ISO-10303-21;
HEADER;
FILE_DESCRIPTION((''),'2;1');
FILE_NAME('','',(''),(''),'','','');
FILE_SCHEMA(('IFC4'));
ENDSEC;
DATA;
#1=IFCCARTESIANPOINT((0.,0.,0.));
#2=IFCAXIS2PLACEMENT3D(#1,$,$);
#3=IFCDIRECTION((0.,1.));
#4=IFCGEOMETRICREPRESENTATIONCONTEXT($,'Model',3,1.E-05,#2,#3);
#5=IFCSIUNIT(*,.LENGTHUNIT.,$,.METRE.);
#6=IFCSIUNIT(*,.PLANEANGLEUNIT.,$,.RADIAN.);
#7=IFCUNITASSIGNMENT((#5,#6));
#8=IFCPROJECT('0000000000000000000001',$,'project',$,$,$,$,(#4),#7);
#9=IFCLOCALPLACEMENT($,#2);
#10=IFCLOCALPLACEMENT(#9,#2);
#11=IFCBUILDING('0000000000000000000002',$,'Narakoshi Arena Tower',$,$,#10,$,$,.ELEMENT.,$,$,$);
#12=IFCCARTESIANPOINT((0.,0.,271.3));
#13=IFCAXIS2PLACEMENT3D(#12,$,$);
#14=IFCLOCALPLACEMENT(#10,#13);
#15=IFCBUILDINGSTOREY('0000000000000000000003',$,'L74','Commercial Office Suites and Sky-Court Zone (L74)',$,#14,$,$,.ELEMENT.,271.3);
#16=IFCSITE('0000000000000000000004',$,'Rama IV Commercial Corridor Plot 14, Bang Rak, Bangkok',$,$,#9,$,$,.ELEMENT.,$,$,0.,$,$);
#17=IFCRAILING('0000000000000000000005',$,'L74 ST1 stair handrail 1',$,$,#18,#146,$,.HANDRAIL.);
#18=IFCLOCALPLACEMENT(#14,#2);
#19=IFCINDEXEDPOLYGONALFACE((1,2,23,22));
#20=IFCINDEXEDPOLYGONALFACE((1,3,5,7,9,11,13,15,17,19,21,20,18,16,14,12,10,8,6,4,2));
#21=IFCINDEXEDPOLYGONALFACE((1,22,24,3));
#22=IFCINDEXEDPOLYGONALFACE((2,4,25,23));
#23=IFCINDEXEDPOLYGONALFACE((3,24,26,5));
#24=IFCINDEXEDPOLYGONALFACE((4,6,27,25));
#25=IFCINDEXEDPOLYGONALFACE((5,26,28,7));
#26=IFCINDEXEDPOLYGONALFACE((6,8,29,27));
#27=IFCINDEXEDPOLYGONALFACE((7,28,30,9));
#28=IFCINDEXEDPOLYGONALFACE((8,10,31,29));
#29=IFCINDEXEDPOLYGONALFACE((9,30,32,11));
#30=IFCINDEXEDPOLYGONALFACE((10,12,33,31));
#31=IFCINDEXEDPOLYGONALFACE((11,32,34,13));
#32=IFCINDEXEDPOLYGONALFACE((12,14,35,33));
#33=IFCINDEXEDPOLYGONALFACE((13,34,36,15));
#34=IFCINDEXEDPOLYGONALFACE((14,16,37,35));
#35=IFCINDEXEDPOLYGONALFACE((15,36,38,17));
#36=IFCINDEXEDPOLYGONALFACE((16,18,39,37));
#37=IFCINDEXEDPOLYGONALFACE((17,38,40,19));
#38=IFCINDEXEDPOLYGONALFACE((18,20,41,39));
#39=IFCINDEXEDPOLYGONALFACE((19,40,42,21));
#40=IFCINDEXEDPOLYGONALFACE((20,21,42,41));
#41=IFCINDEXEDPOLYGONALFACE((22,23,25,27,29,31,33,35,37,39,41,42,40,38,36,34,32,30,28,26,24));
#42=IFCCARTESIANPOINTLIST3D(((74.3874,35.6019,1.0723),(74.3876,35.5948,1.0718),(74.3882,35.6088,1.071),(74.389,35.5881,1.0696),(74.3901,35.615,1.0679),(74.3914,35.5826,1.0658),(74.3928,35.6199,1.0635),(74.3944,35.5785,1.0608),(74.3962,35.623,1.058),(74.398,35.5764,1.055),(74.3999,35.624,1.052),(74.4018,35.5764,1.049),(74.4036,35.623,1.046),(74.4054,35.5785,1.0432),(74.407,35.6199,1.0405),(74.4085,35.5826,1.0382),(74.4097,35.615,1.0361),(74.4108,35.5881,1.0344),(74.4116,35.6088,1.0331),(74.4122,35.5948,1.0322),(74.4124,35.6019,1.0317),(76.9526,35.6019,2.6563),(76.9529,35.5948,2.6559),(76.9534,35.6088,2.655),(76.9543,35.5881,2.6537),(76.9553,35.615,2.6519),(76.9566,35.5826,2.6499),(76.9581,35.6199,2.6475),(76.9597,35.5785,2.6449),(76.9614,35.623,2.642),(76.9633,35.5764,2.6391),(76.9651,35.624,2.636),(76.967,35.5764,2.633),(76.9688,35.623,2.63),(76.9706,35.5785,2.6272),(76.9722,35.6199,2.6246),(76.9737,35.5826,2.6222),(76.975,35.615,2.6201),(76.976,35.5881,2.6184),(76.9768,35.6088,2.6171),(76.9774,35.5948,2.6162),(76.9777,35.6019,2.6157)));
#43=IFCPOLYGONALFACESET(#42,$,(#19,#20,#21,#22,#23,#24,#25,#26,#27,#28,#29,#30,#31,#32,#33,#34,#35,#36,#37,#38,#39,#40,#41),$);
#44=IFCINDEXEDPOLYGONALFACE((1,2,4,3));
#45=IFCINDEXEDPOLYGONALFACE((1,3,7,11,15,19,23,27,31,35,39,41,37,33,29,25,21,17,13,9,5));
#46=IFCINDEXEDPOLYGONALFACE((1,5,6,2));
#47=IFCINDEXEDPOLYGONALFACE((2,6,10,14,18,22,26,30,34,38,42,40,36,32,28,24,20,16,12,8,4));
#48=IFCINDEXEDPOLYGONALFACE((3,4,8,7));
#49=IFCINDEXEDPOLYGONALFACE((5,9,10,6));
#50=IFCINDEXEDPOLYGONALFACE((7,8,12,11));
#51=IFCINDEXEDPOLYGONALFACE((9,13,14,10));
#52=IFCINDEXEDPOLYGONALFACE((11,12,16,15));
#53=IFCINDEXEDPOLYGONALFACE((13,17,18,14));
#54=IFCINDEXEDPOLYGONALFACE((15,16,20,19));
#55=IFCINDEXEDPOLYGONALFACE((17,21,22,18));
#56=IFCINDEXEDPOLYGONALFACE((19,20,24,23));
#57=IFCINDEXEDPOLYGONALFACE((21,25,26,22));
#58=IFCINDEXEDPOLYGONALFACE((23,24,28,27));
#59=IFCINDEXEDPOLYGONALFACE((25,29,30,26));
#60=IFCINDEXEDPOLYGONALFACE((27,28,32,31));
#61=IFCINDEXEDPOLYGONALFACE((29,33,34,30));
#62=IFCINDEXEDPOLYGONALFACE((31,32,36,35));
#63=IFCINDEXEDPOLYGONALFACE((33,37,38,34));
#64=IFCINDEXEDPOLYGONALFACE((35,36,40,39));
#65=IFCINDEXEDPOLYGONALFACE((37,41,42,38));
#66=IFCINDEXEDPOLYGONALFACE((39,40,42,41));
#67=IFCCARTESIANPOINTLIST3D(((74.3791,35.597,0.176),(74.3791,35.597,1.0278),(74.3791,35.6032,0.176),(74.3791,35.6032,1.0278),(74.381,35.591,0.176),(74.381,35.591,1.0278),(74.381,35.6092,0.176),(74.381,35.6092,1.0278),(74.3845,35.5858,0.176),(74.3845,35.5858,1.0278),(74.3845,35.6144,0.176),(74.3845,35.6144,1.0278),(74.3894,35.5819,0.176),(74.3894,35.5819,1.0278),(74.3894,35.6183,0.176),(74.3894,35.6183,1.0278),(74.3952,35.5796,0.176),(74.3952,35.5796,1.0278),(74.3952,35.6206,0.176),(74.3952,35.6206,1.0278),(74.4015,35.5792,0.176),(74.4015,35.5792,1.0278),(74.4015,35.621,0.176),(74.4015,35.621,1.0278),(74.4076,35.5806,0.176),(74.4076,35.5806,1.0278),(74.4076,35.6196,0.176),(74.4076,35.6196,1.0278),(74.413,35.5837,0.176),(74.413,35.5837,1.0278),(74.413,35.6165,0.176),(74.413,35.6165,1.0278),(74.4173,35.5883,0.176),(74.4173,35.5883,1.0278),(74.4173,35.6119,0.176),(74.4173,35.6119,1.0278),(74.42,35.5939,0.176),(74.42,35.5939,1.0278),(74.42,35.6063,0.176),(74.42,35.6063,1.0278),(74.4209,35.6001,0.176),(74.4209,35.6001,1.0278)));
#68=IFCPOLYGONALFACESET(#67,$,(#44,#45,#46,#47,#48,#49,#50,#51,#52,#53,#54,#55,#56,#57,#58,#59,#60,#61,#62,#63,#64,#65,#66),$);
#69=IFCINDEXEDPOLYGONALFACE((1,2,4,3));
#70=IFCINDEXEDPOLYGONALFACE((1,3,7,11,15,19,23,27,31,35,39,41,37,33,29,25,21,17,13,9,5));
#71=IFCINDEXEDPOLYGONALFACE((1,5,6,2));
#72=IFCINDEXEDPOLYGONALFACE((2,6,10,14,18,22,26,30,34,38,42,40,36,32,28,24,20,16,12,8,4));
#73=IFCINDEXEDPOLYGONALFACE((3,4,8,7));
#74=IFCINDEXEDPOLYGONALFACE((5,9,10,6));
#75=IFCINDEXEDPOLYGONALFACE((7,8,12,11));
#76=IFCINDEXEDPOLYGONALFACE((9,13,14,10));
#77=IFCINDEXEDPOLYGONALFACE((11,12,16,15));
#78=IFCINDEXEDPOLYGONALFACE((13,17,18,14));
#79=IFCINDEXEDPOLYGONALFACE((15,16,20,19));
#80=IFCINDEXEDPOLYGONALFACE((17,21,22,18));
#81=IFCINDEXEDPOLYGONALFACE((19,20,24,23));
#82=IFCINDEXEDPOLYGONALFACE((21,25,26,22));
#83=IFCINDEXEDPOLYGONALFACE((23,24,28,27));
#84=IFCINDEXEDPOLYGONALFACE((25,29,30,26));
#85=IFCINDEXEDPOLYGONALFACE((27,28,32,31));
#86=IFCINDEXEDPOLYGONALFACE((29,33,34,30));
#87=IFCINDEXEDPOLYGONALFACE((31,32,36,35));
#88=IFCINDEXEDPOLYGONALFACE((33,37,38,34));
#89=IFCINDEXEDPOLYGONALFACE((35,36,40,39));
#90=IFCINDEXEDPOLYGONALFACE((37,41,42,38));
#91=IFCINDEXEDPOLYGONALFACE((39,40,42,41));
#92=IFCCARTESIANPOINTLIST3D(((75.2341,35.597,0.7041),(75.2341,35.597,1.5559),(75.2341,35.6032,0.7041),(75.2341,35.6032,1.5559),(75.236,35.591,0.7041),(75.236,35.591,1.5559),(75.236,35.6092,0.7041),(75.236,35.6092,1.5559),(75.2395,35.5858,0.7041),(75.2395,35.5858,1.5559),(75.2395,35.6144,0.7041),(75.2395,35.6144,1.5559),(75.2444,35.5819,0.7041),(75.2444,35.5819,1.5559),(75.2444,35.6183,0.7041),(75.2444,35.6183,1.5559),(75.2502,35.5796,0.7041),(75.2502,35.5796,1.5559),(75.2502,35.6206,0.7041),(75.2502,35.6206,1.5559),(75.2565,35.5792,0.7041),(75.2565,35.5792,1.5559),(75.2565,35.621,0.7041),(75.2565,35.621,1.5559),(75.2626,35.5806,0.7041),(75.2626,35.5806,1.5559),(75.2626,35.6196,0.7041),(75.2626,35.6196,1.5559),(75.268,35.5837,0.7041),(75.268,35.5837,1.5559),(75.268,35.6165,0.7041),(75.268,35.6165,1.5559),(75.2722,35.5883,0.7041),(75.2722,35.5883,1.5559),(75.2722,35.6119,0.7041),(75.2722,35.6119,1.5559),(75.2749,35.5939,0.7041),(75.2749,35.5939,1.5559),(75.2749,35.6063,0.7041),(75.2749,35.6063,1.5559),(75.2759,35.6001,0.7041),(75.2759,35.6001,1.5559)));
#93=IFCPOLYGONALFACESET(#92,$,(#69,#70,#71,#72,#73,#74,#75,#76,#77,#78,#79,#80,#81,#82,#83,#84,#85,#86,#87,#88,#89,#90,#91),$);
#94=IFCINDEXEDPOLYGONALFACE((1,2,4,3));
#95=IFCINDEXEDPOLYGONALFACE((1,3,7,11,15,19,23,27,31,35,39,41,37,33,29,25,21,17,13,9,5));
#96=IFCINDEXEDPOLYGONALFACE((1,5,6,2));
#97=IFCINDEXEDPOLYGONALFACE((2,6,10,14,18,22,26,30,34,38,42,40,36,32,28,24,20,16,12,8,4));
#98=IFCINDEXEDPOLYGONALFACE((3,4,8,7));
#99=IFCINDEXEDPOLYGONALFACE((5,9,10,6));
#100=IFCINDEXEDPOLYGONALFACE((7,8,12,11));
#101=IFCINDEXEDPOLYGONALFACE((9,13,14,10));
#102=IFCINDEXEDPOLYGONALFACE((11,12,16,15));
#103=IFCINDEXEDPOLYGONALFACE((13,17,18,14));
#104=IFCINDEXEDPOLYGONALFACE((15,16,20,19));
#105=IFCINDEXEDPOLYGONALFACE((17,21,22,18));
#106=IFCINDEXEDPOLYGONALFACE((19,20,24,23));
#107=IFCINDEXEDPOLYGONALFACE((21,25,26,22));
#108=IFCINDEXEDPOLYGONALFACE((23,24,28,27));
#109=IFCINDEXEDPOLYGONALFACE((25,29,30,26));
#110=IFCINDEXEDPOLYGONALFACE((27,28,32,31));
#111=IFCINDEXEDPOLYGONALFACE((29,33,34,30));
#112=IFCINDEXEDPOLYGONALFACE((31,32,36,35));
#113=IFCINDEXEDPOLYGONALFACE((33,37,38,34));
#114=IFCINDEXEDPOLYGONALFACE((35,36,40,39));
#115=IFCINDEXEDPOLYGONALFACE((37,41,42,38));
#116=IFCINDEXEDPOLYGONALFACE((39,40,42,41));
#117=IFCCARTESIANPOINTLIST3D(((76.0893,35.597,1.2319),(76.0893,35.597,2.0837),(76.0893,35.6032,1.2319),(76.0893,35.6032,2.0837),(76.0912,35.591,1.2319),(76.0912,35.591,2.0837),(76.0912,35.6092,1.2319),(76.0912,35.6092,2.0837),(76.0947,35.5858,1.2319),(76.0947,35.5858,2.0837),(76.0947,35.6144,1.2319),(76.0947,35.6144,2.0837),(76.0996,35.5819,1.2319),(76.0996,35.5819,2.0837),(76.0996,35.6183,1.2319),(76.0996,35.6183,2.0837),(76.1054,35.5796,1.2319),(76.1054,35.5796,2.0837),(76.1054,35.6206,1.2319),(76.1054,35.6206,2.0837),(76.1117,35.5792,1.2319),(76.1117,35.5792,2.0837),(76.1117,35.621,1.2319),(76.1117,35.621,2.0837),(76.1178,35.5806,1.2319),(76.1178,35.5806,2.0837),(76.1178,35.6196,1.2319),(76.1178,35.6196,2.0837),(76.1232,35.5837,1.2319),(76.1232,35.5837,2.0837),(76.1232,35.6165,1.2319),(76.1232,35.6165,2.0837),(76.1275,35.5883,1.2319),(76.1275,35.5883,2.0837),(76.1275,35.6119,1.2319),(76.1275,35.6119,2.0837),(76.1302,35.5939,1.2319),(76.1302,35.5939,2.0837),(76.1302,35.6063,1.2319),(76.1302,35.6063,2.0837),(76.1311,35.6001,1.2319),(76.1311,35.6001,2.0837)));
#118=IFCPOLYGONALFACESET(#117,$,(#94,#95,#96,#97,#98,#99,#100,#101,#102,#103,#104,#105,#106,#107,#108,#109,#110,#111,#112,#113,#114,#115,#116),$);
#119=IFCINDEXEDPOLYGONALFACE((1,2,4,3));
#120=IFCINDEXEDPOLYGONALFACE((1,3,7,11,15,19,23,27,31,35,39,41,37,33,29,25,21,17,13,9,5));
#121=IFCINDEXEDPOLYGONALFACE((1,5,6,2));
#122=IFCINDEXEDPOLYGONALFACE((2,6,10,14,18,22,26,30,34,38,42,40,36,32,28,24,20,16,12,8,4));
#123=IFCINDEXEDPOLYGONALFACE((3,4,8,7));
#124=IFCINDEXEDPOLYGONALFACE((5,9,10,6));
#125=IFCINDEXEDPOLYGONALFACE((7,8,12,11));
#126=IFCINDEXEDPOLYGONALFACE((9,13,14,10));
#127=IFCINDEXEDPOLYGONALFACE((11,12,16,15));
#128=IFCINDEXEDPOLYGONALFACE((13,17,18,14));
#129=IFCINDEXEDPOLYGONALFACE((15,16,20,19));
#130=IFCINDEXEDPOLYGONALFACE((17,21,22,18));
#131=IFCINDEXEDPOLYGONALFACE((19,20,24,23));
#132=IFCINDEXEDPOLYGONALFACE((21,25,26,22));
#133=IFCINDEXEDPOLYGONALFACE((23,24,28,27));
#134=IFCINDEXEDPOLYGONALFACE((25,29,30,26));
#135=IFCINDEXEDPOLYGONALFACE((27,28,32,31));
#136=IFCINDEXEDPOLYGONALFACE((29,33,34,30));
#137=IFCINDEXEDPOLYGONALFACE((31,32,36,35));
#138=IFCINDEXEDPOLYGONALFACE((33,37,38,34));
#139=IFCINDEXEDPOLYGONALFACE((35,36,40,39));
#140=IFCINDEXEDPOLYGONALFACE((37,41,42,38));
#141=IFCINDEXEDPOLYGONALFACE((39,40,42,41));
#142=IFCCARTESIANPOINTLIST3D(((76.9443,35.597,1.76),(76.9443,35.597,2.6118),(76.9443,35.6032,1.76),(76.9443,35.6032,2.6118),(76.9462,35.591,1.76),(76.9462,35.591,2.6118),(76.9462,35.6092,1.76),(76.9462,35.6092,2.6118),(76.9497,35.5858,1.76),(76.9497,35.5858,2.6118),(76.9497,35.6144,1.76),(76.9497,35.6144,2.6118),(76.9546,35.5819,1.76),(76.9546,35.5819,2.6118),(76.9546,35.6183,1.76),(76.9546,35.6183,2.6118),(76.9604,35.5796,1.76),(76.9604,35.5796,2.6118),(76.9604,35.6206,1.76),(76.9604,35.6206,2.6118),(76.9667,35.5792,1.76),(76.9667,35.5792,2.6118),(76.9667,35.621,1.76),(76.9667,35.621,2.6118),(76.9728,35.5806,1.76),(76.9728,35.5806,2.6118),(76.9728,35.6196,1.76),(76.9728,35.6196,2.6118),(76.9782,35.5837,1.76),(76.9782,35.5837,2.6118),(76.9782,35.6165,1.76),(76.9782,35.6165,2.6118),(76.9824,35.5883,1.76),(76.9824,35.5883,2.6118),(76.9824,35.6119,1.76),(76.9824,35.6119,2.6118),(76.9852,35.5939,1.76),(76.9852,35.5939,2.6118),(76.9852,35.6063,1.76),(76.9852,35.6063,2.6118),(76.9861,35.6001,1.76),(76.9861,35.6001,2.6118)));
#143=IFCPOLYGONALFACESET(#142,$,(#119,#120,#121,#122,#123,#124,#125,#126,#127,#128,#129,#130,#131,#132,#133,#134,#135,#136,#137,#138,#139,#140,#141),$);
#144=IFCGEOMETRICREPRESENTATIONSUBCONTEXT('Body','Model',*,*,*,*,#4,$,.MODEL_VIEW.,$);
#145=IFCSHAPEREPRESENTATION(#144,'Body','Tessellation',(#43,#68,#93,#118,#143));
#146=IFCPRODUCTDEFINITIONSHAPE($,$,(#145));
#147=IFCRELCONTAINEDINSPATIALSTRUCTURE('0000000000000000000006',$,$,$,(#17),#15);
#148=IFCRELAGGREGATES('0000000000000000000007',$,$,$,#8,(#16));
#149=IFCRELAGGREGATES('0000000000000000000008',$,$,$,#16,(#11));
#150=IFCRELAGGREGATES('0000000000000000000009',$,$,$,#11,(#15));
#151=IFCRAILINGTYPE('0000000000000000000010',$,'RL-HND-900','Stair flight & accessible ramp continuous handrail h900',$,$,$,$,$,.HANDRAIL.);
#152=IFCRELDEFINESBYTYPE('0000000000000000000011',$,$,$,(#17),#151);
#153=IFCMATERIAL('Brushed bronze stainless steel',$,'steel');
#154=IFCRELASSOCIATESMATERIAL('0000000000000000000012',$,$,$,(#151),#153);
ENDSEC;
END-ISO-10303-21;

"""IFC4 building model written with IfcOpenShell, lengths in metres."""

from ifc_helpers import new_model, si_unit, direction, frame, origin, origin_2d, place, context, subcontext, project, spatial, circle, extrude, material, type_object, element, save


model = new_model("IFC4")

# Units and contexts
model_context = context("Model", 3, precision=1e-05, world=origin(), true_north=direction((0.0, 1.0)))
body_context = subcontext(model_context, "Body", "Model", "MODEL_VIEW")
ifc_project = project(units=[si_unit("LENGTHUNIT", "METRE"), si_unit("PLANEANGLEUNIT", "RADIAN")], contexts=[model_context])

# Site, building, storey
site_placement = place(None, origin())
site = spatial("IfcSite", under=ifc_project, at=site_placement, Name="Rama IV Commercial Corridor Plot 14, Bang Rak, Bangkok", CompositionType="ELEMENT", RefElevation=0.0)
building_placement = place(site_placement, origin())
building = spatial("IfcBuilding", under=site, at=building_placement, Name="Narakoshi Arena Tower", CompositionType="ELEMENT")
storey_placement = place(building_placement, frame((0.0, 0.0, 271.3)))
storey = spatial("IfcBuildingStorey", under=building, at=storey_placement, Name="L74", Description="Commercial Office Suites and Sky-Court Zone (L74)", CompositionType="ELEMENT", Elevation=271.3)

# Railing
ifc_material_1 = material(Name="Brushed bronze stainless steel", Category="steel")
railing_type_1 = type_object("IfcRailingType", Name="RL-HND-900", Description="Stair flight & accessible ramp continuous handrail h900", PredefinedType="HANDRAIL", material=ifc_material_1)
railing_1_placement = place(storey_placement, frame((74.3999, 35.6001, 0.176)))
element("IfcRailing", 1, at=railing_1_placement, inside=storey, type_object=railing_type_1, Name="L74 ST1 stair handrail 1", PredefinedType="HANDRAIL", context=body_context, shape_type="SweptSolid", body=[
    extrude(circle(Radius=0.0239, at=origin_2d()), frame((0.0, 0.0, 0.876), z_axis=(0.850857, 0.0, 0.525398), x_axis=(0.0, 1.0, 0.0)), (0.0, 0.0, 1.0), 3.0149),
    extrude(circle(Radius=0.021, at=origin_2d()), origin(), (0.0, 0.0, 1.0), 0.8518),
    extrude(circle(Radius=0.021, at=origin_2d()), frame((0.855, 0.0, 0.5281)), (0.0, 0.0, 1.0), 0.8518),
    extrude(circle(Radius=0.021, at=origin_2d()), frame((1.7102, 0.0, 1.0559)), (0.0, 0.0, 1.0), 0.8518),
    extrude(circle(Radius=0.021, at=origin_2d()), frame((2.5652, 0.0, 1.584)), (0.0, 0.0, 1.0), 0.8518),
])

save(model, "model.ifc")
